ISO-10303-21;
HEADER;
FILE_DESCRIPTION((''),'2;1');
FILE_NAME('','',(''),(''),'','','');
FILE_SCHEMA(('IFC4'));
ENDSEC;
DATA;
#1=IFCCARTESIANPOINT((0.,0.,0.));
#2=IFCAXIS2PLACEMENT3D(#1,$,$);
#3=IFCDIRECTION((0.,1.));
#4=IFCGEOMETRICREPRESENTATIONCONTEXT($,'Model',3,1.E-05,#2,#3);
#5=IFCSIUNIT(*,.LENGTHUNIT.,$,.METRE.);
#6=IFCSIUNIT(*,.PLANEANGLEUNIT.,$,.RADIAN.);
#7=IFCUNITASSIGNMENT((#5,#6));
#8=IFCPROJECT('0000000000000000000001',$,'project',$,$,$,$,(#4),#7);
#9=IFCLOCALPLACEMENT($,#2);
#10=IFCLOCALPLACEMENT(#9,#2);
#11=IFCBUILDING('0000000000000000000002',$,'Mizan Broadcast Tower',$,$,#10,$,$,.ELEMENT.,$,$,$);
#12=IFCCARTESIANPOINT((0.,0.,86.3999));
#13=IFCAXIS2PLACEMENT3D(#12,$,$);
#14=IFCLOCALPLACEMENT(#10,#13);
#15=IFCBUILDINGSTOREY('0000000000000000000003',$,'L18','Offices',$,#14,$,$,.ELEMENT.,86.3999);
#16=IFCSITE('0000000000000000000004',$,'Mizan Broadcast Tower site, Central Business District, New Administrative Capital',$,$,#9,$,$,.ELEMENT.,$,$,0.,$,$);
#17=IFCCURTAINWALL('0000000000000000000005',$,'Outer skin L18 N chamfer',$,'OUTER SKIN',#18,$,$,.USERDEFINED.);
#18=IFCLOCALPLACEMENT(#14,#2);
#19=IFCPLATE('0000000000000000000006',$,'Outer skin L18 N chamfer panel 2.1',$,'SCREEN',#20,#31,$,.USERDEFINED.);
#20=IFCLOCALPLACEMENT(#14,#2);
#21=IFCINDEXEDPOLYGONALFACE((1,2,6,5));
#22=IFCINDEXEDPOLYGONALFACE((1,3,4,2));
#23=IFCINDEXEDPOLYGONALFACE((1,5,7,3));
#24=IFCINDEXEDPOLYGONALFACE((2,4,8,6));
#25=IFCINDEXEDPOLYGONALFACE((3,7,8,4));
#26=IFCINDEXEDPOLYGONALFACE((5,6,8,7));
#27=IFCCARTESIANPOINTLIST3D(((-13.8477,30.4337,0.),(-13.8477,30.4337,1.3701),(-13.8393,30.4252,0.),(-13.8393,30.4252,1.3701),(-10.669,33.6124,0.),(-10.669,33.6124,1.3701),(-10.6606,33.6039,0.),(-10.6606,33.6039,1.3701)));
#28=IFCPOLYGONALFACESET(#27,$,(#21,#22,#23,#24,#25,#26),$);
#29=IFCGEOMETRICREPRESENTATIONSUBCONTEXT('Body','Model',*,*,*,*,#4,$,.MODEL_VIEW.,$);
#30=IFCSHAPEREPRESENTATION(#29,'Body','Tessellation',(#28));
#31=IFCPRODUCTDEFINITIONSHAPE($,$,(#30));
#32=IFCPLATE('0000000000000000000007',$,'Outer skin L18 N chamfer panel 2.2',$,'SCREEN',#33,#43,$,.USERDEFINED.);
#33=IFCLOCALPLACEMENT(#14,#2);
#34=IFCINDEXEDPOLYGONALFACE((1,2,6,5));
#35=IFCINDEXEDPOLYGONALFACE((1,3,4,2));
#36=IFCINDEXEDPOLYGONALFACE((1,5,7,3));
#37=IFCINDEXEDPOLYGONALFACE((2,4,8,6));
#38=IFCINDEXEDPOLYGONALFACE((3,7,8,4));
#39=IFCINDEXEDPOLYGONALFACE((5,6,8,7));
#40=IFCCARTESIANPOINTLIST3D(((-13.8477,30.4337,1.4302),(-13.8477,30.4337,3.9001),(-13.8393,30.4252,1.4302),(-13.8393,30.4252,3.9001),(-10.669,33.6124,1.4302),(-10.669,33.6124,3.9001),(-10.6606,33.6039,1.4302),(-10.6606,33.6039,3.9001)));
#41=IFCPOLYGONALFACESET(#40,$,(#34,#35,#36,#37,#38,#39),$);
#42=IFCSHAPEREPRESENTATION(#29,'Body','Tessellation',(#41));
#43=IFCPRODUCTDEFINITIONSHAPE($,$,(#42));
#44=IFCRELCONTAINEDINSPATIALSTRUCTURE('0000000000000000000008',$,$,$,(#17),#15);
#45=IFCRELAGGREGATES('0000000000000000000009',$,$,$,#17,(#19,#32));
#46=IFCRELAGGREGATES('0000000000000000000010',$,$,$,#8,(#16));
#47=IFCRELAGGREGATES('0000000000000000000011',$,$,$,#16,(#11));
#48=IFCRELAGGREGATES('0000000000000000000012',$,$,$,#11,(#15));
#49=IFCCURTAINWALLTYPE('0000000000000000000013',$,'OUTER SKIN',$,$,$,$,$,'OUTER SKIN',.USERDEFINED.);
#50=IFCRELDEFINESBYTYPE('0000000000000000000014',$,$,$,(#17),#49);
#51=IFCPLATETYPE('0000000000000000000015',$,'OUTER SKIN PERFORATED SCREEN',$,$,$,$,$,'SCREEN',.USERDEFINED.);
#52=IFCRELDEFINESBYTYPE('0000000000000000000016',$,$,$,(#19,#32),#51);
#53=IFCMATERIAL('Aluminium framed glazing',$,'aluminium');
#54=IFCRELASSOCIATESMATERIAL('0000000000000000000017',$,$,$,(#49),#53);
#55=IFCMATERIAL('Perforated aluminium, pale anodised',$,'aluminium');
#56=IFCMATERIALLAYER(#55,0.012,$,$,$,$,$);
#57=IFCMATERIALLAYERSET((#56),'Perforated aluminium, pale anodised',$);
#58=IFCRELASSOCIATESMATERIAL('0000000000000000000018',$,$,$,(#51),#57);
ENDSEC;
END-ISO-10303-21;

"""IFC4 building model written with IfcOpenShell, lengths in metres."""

from ifc_helpers import new_model, si_unit, direction, frame, origin, origin_2d, place, context, subcontext, project, spatial, rectangle, extrude, material, layer, layer_set, type_object, element, aggregate, save


model = new_model("IFC4")

# Units and contexts
model_context = context("Model", 3, precision=1e-05, world=origin(), true_north=direction((0.0, 1.0)))
body_context = subcontext(model_context, "Body", "Model", "MODEL_VIEW")
ifc_project = project(units=[si_unit("LENGTHUNIT", "METRE"), si_unit("PLANEANGLEUNIT", "RADIAN")], contexts=[model_context])

# Site, building, storey
site_placement = place(None, origin())
site = spatial("IfcSite", under=ifc_project, at=site_placement, Name="Mizan Broadcast Tower site, Central Business District, New Administrative Capital", CompositionType="ELEMENT", RefElevation=0.0)
building_placement = place(site_placement, origin())
building = spatial("IfcBuilding", under=site, at=building_placement, Name="Mizan Broadcast Tower", CompositionType="ELEMENT")
storey_placement = place(building_placement, frame((0.0, 0.0, 86.3999)))
storey = spatial("IfcBuildingStorey", under=building, at=storey_placement, Name="L18", Description="Offices", CompositionType="ELEMENT", Elevation=86.3999)

# Curtain wall
ifc_material_1 = material(Name="Aluminium framed glazing", Category="aluminium")
curtain_wall_type_1 = type_object("IfcCurtainWallType", Name="OUTER SKIN", ElementType="OUTER SKIN", PredefinedType="USERDEFINED", material=ifc_material_1)
curtain_wall_1_placement = place(storey_placement, origin())
curtain_wall_1 = element("IfcCurtainWall", 1, at=curtain_wall_1_placement, inside=storey, type_object=curtain_wall_type_1, Name="Outer skin L18 N chamfer", ObjectType="OUTER SKIN", PredefinedType="USERDEFINED")

# Plates
ifc_material_2 = material(Name="Perforated aluminium, pale anodised", Category="aluminium")
ifc_layer_1 = layer(ifc_material_2, 0.012)
ifc_layer_set_1 = layer_set([ifc_layer_1], Name="Perforated aluminium, pale anodised")
plate_type_1 = type_object("IfcPlateType", Name="OUTER SKIN PERFORATED SCREEN", ElementType="SCREEN", PredefinedType="USERDEFINED", material=ifc_layer_set_1)
plate_1_placement = place(storey_placement, frame((-12.2542, 32.0188, 0.0), z_axis=(0.0, 0.0, 1.0), x_axis=(-0.707107, -0.707107, 0.0)))
plate_1 = element("IfcPlate", 2, at=plate_1_placement, type_object=plate_type_1, Name="Outer skin L18 N chamfer panel 2.1", ObjectType="SCREEN", PredefinedType="USERDEFINED", context=body_context, shape_type="SweptSolid", body=[
    extrude(rectangle(XDim=4.4954, YDim=0.012, at=origin_2d()), origin(), (0.0, 0.0, 1.0), 1.3701),
])
plate_2_placement = place(storey_placement, frame((-12.2542, 32.0188, 1.4302), z_axis=(0.0, 0.0, 1.0), x_axis=(-0.707107, -0.707107, 0.0)))
plate_2 = element("IfcPlate", 3, at=plate_2_placement, type_object=plate_type_1, Name="Outer skin L18 N chamfer panel 2.2", ObjectType="SCREEN", PredefinedType="USERDEFINED", context=body_context, shape_type="SweptSolid", body=[
    extrude(rectangle(XDim=4.4954, YDim=0.012, at=origin_2d()), origin(), (0.0, 0.0, 1.0), 2.47),
])
aggregate(curtain_wall_1, [plate_1, plate_2])

save(model, "model.ifc")
